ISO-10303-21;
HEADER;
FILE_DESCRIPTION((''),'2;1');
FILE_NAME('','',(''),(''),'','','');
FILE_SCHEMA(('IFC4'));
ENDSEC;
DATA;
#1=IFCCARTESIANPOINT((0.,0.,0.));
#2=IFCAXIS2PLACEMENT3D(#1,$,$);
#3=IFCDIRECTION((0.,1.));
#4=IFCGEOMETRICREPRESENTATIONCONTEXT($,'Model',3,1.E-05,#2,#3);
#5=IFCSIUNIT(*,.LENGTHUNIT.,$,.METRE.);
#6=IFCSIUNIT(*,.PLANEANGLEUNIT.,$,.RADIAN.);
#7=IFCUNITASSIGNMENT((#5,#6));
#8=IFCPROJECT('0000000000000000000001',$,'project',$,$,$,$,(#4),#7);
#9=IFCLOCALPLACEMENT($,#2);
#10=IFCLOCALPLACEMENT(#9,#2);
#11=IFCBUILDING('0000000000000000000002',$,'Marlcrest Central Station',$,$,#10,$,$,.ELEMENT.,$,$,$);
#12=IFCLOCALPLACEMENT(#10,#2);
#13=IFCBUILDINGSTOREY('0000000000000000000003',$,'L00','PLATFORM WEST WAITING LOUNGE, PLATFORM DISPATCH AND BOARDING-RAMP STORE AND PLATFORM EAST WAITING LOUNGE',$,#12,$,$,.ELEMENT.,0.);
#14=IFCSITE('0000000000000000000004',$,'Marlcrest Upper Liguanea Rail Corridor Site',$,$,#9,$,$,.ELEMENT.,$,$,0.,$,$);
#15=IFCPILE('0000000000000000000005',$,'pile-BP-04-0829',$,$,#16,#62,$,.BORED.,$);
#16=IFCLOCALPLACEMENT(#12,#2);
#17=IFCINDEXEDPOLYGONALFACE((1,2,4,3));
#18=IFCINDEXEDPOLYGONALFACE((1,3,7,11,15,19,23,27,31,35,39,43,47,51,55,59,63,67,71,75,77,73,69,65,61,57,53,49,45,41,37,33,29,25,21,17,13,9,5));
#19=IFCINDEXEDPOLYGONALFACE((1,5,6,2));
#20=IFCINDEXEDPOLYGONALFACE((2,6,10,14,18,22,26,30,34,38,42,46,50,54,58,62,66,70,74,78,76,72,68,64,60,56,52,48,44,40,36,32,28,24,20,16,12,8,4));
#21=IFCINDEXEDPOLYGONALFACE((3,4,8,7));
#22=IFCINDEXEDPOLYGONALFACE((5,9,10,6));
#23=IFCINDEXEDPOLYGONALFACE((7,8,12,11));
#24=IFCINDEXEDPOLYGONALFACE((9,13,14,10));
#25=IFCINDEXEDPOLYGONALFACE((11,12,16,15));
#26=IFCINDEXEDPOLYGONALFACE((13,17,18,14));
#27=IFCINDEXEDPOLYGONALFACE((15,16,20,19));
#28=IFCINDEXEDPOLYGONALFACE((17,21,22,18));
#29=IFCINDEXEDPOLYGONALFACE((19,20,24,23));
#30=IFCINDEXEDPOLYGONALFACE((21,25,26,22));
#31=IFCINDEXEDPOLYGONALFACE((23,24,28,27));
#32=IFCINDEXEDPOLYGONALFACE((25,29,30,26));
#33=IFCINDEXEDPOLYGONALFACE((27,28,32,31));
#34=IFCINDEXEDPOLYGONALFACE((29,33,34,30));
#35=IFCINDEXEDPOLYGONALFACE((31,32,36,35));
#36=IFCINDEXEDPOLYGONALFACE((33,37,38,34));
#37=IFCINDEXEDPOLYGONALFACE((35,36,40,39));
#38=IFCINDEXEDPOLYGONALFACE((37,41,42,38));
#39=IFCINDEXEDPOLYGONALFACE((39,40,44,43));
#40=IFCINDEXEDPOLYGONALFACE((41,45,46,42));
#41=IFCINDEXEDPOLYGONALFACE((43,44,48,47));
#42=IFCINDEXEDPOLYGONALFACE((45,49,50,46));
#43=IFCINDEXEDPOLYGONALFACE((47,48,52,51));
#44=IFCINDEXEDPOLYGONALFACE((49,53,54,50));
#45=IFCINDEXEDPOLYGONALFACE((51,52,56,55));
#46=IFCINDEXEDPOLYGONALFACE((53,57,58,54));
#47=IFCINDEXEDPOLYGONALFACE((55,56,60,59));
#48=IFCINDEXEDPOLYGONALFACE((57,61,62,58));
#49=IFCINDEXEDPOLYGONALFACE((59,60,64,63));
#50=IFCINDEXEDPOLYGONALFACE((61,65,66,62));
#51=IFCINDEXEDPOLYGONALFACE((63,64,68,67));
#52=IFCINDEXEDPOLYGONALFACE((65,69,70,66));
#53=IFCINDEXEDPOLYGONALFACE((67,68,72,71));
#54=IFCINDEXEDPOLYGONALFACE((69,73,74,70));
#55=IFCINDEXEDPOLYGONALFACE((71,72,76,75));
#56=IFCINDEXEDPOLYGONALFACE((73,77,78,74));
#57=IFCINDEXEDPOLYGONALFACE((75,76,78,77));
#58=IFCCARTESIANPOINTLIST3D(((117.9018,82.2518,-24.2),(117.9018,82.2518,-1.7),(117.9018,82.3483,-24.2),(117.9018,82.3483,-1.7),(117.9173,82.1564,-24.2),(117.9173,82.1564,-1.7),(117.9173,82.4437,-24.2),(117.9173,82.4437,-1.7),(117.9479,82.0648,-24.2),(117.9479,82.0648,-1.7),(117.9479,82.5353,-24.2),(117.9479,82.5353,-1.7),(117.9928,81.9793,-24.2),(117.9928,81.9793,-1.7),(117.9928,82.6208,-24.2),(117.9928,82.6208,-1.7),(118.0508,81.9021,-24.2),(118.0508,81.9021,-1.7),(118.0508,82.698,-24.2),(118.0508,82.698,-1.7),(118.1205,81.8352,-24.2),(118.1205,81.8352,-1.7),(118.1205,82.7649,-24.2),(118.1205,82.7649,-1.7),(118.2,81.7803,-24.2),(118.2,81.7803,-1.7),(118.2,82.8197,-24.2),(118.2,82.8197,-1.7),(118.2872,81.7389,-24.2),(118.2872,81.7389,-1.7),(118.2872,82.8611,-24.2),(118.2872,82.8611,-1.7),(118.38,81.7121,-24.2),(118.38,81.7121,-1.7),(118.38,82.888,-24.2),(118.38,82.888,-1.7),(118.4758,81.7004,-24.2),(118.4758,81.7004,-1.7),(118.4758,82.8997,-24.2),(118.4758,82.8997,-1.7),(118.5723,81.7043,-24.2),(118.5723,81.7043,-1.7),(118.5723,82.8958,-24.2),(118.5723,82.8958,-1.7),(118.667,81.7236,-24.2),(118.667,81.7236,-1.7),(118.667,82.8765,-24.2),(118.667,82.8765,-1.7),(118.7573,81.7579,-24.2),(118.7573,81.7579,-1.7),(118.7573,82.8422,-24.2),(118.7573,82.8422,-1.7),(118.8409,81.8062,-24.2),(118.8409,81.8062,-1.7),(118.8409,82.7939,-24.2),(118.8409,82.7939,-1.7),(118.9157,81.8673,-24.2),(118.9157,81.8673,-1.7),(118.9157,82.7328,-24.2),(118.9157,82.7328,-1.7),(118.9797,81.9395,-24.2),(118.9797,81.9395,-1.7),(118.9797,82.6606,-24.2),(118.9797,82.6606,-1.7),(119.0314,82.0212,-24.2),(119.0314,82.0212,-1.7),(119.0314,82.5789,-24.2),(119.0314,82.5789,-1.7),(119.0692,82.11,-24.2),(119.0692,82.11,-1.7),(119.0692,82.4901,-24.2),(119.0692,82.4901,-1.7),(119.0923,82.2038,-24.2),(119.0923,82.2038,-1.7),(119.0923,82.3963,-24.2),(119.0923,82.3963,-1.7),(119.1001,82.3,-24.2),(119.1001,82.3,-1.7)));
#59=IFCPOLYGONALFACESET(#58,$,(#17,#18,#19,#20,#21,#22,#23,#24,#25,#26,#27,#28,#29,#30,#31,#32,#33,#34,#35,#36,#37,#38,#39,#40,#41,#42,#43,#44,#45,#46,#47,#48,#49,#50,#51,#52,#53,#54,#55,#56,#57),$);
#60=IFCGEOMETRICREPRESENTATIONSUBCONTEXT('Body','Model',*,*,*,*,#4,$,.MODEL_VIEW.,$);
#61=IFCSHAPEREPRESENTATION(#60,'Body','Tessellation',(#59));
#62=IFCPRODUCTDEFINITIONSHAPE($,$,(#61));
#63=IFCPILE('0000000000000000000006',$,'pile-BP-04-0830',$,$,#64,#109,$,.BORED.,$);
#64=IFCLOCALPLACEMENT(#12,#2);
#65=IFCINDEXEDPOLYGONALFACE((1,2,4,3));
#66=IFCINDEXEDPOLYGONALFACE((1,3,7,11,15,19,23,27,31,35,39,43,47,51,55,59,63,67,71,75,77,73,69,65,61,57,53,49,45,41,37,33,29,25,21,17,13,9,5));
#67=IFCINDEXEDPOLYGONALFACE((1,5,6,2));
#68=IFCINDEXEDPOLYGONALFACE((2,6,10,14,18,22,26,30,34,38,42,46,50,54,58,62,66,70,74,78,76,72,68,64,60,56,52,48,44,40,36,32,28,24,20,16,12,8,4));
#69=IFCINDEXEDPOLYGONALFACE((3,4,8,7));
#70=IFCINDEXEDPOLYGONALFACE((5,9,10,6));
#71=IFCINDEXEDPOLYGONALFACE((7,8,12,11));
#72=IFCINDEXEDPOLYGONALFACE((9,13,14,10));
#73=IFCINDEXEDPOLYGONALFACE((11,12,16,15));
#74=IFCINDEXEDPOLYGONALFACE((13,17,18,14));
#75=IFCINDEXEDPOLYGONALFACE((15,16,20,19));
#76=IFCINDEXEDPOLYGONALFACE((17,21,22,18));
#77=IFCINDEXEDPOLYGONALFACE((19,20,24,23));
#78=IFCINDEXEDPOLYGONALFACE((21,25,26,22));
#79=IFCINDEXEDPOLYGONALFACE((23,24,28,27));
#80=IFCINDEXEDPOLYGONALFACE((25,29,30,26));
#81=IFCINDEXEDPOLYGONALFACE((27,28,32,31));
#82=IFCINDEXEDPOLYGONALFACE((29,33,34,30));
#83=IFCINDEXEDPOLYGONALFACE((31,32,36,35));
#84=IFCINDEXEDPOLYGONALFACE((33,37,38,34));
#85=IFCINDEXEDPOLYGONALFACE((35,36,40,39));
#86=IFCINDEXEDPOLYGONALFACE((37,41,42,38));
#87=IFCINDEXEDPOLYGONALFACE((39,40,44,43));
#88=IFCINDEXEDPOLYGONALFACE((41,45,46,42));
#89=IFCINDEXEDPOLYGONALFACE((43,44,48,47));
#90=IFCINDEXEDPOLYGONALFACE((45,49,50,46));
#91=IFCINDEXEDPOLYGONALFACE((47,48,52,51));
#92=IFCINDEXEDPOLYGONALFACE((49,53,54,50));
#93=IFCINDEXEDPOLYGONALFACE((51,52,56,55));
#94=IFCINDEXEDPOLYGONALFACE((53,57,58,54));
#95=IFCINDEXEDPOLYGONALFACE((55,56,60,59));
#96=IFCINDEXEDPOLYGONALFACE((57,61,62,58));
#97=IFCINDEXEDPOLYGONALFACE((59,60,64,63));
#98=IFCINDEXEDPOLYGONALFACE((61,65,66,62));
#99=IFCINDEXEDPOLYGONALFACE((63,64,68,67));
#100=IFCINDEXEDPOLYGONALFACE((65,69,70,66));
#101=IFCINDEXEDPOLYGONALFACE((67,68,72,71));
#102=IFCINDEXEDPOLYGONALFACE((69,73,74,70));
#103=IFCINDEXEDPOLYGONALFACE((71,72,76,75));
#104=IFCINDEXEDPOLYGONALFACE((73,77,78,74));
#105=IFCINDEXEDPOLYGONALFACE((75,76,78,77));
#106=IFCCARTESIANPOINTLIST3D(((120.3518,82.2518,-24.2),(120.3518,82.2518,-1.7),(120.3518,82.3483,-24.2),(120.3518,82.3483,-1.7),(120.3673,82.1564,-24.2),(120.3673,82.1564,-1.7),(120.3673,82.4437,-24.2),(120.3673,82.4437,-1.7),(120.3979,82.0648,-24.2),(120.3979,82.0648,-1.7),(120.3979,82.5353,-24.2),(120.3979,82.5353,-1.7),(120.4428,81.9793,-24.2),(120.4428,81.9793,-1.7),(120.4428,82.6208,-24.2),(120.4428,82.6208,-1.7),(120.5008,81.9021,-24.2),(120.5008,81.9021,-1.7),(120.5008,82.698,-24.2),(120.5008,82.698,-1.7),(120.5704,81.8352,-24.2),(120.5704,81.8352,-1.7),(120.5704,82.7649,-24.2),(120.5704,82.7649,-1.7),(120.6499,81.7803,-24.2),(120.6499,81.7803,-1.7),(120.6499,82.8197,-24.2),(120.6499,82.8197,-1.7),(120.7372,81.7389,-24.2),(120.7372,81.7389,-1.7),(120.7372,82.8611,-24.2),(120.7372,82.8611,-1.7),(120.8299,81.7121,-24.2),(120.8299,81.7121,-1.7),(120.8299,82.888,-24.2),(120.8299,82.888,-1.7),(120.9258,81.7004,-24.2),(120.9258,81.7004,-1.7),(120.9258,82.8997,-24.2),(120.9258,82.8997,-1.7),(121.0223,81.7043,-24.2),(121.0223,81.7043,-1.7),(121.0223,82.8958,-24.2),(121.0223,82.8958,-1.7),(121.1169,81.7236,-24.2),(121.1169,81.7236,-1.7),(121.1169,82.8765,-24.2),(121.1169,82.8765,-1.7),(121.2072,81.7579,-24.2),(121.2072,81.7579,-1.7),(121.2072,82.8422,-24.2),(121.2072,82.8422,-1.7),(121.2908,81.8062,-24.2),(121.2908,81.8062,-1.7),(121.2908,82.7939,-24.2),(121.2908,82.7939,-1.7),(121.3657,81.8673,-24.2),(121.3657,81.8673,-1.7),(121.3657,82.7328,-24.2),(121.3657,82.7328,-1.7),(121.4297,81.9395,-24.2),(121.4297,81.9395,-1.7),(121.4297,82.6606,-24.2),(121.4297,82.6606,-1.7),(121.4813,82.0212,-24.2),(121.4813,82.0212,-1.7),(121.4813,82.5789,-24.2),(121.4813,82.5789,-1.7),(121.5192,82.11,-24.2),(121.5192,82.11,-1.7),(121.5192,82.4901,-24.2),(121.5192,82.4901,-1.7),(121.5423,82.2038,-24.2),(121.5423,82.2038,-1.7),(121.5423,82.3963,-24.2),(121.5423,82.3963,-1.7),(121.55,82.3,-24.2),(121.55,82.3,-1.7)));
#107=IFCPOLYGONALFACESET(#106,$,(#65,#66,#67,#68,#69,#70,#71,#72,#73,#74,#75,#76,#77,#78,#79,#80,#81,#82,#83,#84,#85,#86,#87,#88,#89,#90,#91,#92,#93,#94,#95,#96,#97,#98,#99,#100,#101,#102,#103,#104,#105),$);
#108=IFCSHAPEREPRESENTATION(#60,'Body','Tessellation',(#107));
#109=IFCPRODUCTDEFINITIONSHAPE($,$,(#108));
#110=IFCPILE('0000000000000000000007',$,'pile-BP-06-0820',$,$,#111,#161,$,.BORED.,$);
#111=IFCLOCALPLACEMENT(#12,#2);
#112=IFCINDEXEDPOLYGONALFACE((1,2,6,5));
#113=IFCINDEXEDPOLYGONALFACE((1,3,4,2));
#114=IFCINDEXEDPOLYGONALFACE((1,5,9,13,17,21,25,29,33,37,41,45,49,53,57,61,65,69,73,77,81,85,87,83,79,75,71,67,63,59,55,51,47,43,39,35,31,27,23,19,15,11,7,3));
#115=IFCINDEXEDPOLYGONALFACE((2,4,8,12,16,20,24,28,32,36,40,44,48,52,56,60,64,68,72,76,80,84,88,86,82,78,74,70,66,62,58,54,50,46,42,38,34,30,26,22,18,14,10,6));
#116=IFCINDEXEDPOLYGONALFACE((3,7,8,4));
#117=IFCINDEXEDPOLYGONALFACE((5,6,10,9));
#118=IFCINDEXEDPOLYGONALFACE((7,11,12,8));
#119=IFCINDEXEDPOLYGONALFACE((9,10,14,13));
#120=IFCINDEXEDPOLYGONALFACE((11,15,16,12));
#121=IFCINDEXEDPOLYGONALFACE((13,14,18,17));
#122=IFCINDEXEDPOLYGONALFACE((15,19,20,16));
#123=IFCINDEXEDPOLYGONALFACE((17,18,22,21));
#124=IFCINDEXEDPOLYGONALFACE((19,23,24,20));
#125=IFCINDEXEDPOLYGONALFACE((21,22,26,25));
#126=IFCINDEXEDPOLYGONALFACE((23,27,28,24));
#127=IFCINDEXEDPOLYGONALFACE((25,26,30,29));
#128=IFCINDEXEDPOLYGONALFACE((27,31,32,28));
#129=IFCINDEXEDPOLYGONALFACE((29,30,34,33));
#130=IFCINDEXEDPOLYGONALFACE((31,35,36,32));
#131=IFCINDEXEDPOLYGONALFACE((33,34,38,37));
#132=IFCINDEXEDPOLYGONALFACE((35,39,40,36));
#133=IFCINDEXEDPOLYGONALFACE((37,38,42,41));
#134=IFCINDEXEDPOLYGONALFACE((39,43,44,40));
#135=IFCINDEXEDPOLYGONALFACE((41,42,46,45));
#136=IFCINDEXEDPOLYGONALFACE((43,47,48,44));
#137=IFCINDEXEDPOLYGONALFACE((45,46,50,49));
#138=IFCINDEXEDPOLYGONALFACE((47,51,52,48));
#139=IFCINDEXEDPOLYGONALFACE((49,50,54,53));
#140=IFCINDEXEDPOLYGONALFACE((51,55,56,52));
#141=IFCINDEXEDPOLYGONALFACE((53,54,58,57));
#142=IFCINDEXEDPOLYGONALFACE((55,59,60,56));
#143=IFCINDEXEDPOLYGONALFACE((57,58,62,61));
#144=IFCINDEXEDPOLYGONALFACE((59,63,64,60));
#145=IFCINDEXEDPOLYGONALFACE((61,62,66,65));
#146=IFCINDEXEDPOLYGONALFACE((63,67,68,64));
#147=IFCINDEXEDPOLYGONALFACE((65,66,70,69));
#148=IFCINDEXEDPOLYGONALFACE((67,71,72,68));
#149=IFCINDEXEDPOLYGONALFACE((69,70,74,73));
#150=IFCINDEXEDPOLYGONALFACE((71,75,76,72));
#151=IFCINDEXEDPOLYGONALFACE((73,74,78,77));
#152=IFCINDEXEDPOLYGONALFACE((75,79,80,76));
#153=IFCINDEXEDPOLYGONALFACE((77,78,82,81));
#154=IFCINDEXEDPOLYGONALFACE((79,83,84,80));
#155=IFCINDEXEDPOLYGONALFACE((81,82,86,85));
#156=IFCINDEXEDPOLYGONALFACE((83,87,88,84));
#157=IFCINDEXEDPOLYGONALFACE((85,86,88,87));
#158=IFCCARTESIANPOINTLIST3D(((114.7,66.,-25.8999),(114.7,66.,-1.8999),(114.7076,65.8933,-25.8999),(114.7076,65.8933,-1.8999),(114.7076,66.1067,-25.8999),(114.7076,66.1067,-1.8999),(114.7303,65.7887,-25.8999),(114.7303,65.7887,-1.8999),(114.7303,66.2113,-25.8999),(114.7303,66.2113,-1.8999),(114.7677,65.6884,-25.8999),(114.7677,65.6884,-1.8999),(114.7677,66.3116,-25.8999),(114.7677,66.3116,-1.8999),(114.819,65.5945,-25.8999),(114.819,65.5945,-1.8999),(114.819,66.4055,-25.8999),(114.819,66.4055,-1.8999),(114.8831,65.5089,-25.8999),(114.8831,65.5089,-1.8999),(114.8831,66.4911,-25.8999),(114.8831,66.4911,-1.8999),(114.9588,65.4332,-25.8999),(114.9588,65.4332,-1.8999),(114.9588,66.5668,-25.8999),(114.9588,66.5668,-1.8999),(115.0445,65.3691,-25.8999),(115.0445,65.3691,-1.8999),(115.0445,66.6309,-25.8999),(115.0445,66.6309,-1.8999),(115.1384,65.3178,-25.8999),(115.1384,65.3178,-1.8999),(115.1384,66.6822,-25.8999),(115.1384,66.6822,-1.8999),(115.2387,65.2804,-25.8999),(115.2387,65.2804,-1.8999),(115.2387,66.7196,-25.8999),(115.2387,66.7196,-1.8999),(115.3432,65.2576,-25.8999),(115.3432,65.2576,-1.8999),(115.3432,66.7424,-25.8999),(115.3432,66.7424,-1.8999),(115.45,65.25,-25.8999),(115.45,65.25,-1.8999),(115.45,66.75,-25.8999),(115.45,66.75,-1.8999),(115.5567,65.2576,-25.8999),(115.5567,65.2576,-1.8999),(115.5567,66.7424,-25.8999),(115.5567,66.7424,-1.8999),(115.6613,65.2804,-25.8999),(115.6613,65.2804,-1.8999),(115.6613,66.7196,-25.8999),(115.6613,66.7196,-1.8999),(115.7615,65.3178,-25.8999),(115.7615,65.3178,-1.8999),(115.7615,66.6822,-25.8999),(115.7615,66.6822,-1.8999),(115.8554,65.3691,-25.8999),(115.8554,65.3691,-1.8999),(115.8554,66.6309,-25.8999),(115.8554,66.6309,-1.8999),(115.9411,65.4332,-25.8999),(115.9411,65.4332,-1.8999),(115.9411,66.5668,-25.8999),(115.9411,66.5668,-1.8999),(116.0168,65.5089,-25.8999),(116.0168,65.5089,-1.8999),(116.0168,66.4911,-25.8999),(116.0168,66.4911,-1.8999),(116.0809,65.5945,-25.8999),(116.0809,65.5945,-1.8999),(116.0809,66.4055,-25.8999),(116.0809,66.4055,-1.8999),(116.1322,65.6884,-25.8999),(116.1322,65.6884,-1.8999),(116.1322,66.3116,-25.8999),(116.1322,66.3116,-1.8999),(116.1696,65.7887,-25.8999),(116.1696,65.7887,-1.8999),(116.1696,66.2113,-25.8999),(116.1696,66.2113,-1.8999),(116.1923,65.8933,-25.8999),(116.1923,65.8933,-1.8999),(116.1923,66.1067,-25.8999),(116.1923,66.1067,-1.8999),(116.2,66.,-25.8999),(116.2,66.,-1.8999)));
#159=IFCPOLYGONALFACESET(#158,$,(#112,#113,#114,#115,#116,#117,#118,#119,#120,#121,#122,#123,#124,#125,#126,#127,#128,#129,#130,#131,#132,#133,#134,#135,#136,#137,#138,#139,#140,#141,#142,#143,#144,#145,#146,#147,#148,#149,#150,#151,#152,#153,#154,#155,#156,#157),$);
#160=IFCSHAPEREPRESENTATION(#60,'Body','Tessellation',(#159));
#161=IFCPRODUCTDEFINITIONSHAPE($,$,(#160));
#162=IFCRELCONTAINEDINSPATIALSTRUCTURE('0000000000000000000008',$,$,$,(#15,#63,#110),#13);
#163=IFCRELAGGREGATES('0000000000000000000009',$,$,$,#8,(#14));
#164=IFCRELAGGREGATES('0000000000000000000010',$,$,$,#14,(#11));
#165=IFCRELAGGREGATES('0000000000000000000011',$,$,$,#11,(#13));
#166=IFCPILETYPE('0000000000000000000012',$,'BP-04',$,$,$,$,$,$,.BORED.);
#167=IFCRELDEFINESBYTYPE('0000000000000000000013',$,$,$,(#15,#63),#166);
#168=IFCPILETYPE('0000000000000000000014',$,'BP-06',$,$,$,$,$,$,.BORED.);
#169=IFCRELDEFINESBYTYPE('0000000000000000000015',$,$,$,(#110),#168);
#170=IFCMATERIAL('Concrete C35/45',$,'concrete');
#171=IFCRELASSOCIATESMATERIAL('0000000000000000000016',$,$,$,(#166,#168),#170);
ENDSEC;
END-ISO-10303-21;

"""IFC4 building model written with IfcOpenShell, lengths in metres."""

from ifc_helpers import new_model, si_unit, direction, frame, origin, origin_2d, place, context, subcontext, project, spatial, circle, extrude, material, material_profile, profile_set, type_object, element, save


model = new_model("IFC4")

# Units and contexts
model_context = context("Model", 3, precision=1e-05, world=origin(), true_north=direction((0.0, 1.0)))
body_context = subcontext(model_context, "Body", "Model", "MODEL_VIEW")
ifc_project = project(units=[si_unit("LENGTHUNIT", "METRE"), si_unit("PLANEANGLEUNIT", "RADIAN")], contexts=[model_context])

# Site, building, storey
site_placement = place(None, origin())
site = spatial("IfcSite", under=ifc_project, at=site_placement, Name="Marlcrest Upper Liguanea Rail Corridor Site", CompositionType="ELEMENT", RefElevation=0.0)
building_placement = place(site_placement, origin())
building = spatial("IfcBuilding", under=site, at=building_placement, Name="Marlcrest Central Station", CompositionType="ELEMENT")
storey_placement = place(building_placement, origin())
storey = spatial("IfcBuildingStorey", under=building, at=storey_placement, Name="L00", Description="PLATFORM WEST WAITING LOUNGE, PLATFORM DISPATCH AND BOARDING-RAMP STORE AND PLATFORM EAST WAITING LOUNGE", CompositionType="ELEMENT", Elevation=0.0)

# Piles
ifc_material_1 = material(Name="Concrete C35/45", Category="concrete")
ifc_material_profile_1 = material_profile(ifc_material_1, circle(Radius=0.6001, at=origin_2d()), Name="PILE D1200")
ifc_profile_set_1 = profile_set([ifc_material_profile_1], Name="Concrete C35/45")
pile_type_1 = type_object("IfcPileType", Name="BP-04", PredefinedType="BORED", material=ifc_profile_set_1)
for number, where, z_axis, x_axis, name in (
    (1, (118.5, 82.3, -1.7), (0.0, 0.0, -1.0), (1.0, 0.0, 0.0), "pile-BP-04-0829"),
    (2, (120.95, 82.3, -1.7), (0.0, 0.0, -1.0), (1.0, 0.0, 0.0), "pile-BP-04-0830"),
):
    element("IfcPile", number, at=place(storey_placement, frame(where, z_axis=z_axis, x_axis=x_axis)), inside=storey, type_object=pile_type_1, Name=name, PredefinedType="BORED", context=body_context, shape_type="SweptSolid", body=[
        extrude(circle(Radius=0.6001, at=origin_2d()), origin(), (0.0, 0.0, 1.0), 22.5),
    ])
ifc_material_profile_2 = material_profile(ifc_material_1, circle(Radius=0.75, at=origin_2d()), Name="PILE D1500")
ifc_profile_set_2 = profile_set([ifc_material_profile_2], Name="Concrete C35/45")
pile_type_2 = type_object("IfcPileType", Name="BP-06", PredefinedType="BORED", material=ifc_profile_set_2)
for number, where, z_axis, x_axis, name in (
    (3, (115.45, 66.0, -1.8999), (0.0, 0.0, -1.0), (1.0, 0.0, 0.0), "pile-BP-06-0820"),
):
    element("IfcPile", number, at=place(storey_placement, frame(where, z_axis=z_axis, x_axis=x_axis)), inside=storey, type_object=pile_type_2, Name=name, PredefinedType="BORED", context=body_context, shape_type="SweptSolid", body=[
        extrude(circle(Radius=0.75, at=origin_2d()), origin(), (0.0, 0.0, 1.0), 24.0),
    ])

save(model, "model.ifc")
